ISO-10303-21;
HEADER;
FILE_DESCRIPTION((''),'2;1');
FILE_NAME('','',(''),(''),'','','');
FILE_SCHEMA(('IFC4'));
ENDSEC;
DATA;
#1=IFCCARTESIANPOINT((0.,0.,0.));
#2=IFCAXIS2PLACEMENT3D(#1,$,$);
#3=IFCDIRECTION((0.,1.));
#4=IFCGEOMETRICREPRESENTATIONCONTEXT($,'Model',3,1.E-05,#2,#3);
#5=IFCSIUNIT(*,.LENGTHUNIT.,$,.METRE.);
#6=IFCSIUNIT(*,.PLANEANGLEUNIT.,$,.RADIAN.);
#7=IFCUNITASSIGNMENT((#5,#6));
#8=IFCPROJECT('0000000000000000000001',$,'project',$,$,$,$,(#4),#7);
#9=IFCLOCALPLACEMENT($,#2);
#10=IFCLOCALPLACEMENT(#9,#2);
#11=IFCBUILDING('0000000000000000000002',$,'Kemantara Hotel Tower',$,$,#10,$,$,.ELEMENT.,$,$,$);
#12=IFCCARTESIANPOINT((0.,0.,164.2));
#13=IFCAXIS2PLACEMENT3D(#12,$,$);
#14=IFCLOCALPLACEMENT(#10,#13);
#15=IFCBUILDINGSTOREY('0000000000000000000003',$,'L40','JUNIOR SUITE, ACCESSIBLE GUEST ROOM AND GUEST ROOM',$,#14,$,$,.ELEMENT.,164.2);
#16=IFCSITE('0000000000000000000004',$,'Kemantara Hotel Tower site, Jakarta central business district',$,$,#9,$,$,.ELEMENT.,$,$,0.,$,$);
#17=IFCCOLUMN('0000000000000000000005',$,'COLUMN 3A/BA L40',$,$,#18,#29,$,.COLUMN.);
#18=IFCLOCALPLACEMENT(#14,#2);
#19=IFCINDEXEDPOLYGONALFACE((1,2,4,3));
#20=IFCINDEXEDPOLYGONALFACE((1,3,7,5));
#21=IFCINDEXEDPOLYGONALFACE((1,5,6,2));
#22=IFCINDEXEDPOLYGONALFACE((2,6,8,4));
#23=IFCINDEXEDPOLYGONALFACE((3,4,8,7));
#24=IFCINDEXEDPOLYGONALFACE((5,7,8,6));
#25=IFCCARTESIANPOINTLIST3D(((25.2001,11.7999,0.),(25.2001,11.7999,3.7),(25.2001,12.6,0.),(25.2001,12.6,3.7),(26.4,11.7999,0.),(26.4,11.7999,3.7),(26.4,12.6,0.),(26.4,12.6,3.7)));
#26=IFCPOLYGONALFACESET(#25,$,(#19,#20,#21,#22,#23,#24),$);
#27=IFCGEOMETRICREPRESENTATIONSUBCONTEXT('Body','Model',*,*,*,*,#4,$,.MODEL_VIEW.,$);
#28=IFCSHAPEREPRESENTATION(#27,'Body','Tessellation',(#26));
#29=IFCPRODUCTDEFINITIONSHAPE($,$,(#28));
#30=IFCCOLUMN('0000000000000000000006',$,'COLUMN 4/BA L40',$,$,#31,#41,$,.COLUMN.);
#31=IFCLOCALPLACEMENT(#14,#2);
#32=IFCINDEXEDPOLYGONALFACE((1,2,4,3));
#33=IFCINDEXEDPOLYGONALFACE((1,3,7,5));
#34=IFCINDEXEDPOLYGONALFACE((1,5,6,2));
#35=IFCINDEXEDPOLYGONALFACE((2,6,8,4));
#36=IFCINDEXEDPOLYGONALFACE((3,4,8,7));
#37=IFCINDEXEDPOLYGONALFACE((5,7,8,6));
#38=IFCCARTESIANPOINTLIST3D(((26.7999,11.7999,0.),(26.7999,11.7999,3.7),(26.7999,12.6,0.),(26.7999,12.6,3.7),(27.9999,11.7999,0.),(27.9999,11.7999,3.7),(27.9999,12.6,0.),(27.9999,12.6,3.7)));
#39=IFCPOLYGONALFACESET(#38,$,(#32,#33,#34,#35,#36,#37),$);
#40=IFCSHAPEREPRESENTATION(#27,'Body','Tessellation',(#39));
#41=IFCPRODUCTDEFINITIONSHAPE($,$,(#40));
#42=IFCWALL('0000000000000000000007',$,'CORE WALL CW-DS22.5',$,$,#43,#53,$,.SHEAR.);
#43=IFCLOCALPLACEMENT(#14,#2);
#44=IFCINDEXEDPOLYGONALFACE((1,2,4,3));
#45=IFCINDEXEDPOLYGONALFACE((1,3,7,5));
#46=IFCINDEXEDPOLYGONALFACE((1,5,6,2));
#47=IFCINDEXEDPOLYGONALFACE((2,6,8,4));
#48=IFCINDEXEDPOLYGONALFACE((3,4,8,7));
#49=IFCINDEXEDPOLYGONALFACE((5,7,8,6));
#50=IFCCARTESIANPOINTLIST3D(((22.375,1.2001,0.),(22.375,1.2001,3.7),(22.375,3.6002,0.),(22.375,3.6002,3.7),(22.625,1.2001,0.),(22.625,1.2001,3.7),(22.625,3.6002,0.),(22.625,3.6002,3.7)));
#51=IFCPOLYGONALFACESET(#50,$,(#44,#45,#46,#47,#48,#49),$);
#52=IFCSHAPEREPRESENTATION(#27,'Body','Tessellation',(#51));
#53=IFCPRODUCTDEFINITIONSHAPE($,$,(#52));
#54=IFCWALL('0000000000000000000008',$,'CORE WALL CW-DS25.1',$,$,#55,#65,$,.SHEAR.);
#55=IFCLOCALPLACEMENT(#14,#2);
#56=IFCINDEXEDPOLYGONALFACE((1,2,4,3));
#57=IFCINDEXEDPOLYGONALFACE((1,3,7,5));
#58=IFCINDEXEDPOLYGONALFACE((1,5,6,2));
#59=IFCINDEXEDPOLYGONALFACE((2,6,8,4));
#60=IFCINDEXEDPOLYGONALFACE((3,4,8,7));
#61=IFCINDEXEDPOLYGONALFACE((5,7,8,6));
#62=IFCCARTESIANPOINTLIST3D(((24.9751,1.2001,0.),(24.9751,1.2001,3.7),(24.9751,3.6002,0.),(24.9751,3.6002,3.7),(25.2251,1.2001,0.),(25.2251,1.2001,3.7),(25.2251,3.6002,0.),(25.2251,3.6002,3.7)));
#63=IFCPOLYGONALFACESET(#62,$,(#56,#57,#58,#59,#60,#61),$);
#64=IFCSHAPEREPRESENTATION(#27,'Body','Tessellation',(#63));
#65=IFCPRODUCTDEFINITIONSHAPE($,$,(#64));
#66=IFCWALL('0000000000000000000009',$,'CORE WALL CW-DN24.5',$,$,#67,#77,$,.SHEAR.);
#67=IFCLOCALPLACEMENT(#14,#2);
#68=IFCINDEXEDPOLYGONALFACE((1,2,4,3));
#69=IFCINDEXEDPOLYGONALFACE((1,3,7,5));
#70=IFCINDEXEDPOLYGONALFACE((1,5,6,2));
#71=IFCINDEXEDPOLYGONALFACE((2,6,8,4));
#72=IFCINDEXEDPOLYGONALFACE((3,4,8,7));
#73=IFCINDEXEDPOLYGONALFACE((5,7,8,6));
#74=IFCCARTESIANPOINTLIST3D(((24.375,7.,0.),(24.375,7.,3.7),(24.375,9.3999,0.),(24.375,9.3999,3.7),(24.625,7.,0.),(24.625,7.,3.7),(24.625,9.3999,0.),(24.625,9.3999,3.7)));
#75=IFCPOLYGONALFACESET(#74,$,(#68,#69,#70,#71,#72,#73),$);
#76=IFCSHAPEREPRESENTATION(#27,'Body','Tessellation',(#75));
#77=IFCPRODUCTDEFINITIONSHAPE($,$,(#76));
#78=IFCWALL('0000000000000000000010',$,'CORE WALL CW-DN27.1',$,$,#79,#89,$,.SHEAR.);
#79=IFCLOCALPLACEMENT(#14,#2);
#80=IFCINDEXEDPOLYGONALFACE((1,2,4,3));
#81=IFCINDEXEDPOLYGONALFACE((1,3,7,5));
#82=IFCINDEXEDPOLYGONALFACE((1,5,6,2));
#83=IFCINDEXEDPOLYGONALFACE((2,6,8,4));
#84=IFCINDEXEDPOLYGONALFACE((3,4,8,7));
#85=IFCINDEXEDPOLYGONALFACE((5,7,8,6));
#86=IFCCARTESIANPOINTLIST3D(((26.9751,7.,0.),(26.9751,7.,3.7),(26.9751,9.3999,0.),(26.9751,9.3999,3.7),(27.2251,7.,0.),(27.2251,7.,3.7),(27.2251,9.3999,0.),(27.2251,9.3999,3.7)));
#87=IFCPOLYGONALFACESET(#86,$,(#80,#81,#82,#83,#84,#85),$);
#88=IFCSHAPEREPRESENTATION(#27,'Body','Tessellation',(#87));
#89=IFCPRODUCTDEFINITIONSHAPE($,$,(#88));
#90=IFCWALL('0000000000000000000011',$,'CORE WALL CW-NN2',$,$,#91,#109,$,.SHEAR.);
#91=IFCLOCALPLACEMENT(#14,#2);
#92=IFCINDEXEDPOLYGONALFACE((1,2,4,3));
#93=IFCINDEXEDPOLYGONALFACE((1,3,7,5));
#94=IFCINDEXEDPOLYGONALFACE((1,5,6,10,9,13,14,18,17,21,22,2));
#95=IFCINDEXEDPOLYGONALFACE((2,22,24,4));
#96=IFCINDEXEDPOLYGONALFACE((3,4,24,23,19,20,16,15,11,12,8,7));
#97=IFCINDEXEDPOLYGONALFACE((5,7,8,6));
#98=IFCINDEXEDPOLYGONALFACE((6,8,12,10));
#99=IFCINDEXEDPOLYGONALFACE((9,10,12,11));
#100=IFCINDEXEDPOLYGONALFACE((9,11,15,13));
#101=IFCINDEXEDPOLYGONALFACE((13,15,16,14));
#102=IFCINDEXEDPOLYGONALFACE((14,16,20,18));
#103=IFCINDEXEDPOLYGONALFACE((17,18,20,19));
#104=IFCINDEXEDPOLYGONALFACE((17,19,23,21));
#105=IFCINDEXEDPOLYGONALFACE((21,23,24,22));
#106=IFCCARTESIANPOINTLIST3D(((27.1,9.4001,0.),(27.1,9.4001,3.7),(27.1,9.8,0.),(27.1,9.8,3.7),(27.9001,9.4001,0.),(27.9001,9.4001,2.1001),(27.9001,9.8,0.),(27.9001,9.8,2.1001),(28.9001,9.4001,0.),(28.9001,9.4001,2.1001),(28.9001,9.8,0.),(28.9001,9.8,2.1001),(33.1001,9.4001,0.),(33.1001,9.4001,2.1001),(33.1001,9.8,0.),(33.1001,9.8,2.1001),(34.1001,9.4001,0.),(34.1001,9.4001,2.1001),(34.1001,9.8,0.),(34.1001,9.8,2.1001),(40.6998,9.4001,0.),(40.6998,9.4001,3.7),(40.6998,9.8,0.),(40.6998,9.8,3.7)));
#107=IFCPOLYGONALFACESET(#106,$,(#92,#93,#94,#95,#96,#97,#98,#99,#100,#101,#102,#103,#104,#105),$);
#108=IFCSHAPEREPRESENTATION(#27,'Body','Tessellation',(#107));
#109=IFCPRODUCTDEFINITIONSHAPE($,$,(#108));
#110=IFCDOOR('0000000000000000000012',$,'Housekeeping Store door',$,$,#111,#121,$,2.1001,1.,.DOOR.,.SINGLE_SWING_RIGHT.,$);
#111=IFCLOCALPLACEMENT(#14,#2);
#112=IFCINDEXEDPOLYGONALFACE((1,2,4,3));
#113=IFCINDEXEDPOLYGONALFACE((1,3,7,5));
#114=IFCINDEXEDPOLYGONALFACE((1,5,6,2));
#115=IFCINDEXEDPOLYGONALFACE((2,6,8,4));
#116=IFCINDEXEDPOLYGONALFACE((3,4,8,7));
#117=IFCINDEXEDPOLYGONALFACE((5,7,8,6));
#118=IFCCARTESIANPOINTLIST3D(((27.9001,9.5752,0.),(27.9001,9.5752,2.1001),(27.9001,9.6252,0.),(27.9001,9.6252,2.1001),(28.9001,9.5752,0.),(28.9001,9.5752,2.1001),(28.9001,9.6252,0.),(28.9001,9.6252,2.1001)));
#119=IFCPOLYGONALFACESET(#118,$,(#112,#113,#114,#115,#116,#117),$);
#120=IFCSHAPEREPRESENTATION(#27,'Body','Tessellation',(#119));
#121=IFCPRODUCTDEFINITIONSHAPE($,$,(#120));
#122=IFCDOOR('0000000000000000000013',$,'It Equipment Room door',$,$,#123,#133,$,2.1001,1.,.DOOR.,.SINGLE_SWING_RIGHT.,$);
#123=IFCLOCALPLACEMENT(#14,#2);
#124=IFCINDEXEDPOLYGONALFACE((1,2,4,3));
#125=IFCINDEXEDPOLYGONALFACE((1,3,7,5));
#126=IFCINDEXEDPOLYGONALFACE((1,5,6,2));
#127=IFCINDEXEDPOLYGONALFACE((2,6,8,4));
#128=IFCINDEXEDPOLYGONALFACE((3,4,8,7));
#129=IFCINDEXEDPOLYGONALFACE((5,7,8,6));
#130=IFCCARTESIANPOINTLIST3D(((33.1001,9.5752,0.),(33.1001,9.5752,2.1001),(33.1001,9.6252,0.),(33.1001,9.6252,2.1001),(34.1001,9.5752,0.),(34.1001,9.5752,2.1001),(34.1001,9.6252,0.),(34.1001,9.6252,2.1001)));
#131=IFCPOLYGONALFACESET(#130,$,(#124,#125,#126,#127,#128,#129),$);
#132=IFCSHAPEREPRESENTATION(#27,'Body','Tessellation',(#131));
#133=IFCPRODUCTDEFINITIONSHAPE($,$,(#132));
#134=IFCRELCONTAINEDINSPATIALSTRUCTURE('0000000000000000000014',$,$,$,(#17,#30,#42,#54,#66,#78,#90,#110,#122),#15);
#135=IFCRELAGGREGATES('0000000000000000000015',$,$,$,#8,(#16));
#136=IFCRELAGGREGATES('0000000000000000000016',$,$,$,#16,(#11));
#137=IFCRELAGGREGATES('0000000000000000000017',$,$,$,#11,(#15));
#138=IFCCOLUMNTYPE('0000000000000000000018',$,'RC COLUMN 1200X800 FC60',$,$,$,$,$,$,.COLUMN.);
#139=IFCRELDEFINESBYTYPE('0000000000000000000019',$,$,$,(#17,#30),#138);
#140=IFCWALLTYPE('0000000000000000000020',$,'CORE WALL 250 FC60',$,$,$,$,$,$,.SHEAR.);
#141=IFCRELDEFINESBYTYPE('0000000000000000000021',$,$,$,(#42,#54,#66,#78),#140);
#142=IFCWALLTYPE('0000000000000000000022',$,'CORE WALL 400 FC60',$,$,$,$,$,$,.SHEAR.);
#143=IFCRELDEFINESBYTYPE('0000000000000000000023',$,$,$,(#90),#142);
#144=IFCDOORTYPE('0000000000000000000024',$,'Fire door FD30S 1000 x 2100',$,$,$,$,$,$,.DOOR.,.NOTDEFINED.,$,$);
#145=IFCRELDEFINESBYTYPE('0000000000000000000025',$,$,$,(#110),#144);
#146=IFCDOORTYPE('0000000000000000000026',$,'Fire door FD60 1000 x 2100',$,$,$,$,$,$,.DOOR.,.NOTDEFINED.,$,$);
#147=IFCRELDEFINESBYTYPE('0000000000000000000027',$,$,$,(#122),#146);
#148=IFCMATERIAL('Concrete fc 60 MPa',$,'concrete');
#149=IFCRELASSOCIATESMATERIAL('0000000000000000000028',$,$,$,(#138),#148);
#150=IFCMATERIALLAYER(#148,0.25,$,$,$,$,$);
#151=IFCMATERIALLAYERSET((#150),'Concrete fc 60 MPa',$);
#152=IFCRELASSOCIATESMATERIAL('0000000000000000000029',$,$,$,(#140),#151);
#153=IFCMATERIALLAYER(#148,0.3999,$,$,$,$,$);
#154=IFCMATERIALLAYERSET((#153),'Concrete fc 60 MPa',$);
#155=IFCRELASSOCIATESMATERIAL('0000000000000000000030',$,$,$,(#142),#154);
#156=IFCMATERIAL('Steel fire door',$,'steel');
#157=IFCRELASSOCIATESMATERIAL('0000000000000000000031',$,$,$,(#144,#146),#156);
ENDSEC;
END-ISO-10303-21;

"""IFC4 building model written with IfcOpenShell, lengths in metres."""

from ifc_helpers import new_model, si_unit, direction, frame, frame_2d, origin, origin_2d, place, context, subcontext, project, spatial, rectangle, extrude, material, layer, layer_set, material_profile, profile_set, type_object, element, fill, save


model = new_model("IFC4")

# Units and contexts
model_context = context("Model", 3, precision=1e-05, world=origin(), true_north=direction((0.0, 1.0)))
body_context = subcontext(model_context, "Body", "Model", "MODEL_VIEW")
ifc_project = project(units=[si_unit("LENGTHUNIT", "METRE"), si_unit("PLANEANGLEUNIT", "RADIAN")], contexts=[model_context])

# Site, building, storey
site_placement = place(None, origin())
site = spatial("IfcSite", under=ifc_project, at=site_placement, Name="Kemantara Hotel Tower site, Jakarta central business district", CompositionType="ELEMENT", RefElevation=0.0)
building_placement = place(site_placement, origin())
building = spatial("IfcBuilding", under=site, at=building_placement, Name="Kemantara Hotel Tower", CompositionType="ELEMENT")
storey_placement = place(building_placement, frame((0.0, 0.0, 164.2)))
storey = spatial("IfcBuildingStorey", under=building, at=storey_placement, Name="L40", Description="JUNIOR SUITE, ACCESSIBLE GUEST ROOM AND GUEST ROOM", CompositionType="ELEMENT", Elevation=164.2)

# Columns
ifc_material_1 = material(Name="Concrete fc 60 MPa", Category="concrete")
ifc_material_profile = material_profile(ifc_material_1, rectangle(XDim=1.2, YDim=0.8, at=origin_2d()), Name="RC 1200X800")
ifc_profile_set = profile_set([ifc_material_profile], Name="Concrete fc 60 MPa")
column_type = type_object("IfcColumnType", Name="RC COLUMN 1200X800 FC60", PredefinedType="COLUMN", material=ifc_profile_set)
for number, where, z_axis, x_axis, name in (
    (1, (25.8, 12.2, 0.0), (0.0, 0.0, 1.0), (1.0, 0.0, 0.0), "COLUMN 3A/BA L40"),
    (2, (27.3999, 12.2, 0.0), (0.0, 0.0, 1.0), (1.0, 0.0, 0.0), "COLUMN 4/BA L40"),
):
    element("IfcColumn", number, at=place(storey_placement, frame(where, z_axis=z_axis, x_axis=x_axis)), inside=storey, type_object=column_type, Name=name, PredefinedType="COLUMN", context=body_context, shape_type="SweptSolid", body=[
        extrude(rectangle(XDim=1.2, YDim=0.8, at=origin_2d()), origin(), (0.0, 0.0, 1.0), 3.7),
    ])

# Walls
ifc_layer_1 = layer(ifc_material_1, 0.25)
ifc_layer_set_1 = layer_set([ifc_layer_1], Name="Concrete fc 60 MPa")
wall_type_1 = type_object("IfcWallType", Name="CORE WALL 250 FC60", PredefinedType="SHEAR", material=ifc_layer_set_1)
for number, where, z_axis, x_axis, name in (
    (3, (22.5, 1.2, 0.0), (0.0, 0.0, 1.0), (0.0, 1.0, 0.0), "CORE WALL CW-DS22.5"),
    (4, (25.1001, 1.2, 0.0), (0.0, 0.0, 1.0), (0.0, 1.0, 0.0), "CORE WALL CW-DS25.1"),
):
    element("IfcWall", number, at=place(storey_placement, frame(where, z_axis=z_axis, x_axis=x_axis)), inside=storey, type_object=wall_type_1, Name=name, PredefinedType="SHEAR", context=body_context, shape_type="SweptSolid", body=[
        extrude(rectangle(XDim=2.4001, YDim=0.25, at=frame_2d((1.2002, 0.0))), origin(), (0.0, 0.0, 1.0), 3.7),
    ])
for number, where, z_axis, x_axis, name in (
    (5, (24.5, 7.0, 0.0), (0.0, 0.0, 1.0), (0.0, 1.0, 0.0), "CORE WALL CW-DN24.5"),
    (6, (27.1001, 7.0, 0.0), (0.0, 0.0, 1.0), (0.0, 1.0, 0.0), "CORE WALL CW-DN27.1"),
):
    element("IfcWall", number, at=place(storey_placement, frame(where, z_axis=z_axis, x_axis=x_axis)), inside=storey, type_object=wall_type_1, Name=name, PredefinedType="SHEAR", context=body_context, shape_type="SweptSolid", body=[
        extrude(rectangle(XDim=2.3999, YDim=0.25, at=frame_2d((1.2, 0.0))), origin(), (0.0, 0.0, 1.0), 3.7),
    ])

# Wall, openings, doors
ifc_layer_2 = layer(ifc_material_1, 0.3999)
ifc_layer_set_2 = layer_set([ifc_layer_2], Name="Concrete fc 60 MPa")
wall_type_2 = type_object("IfcWallType", Name="CORE WALL 400 FC60", PredefinedType="SHEAR", material=ifc_layer_set_2)
wall_1_placement = place(storey_placement, frame((27.1001, 9.6001, 0.0), z_axis=(0.0, 0.0, 1.0), x_axis=(1.0, 0.0, 0.0)))
wall_1 = element("IfcWall", 7, at=wall_1_placement, inside=storey, type_object=wall_type_2, Name="CORE WALL CW-NN2", PredefinedType="SHEAR", context=body_context, shape_type="SweptSolid", body=[
    extrude(rectangle(XDim=13.5999, YDim=0.3999, at=frame_2d((6.7998, 0.0))), origin(), (0.0, 0.0, 1.0), 3.7),
])
opening_1_placement = place(wall_1_placement, frame((0.8, 0.0, 0.0)))
opening_1 = element("IfcOpeningElement", 8, at=opening_1_placement, cuts=wall_1, PredefinedType="OPENING", context=body_context, shape_type="SweptSolid", body=[
    extrude(rectangle(XDim=1.0, YDim=2.1001, at=frame_2d((0.5, 1.05))), frame((0.0, 0.21, 0.0), z_axis=(0.0, -1.0, 0.0), x_axis=(1.0, 0.0, 0.0)), (0.0, 0.0, 1.0), 0.4199),
])
opening_2_placement = place(wall_1_placement, frame((6.0, 0.0, 0.0)))
opening_2 = element("IfcOpeningElement", 9, at=opening_2_placement, cuts=wall_1, PredefinedType="OPENING", context=body_context, shape_type="SweptSolid", body=[
    extrude(rectangle(XDim=1.0, YDim=2.1001, at=frame_2d((0.5, 1.05))), frame((0.0, 0.21, 0.0), z_axis=(0.0, -1.0, 0.0), x_axis=(1.0, 0.0, 0.0)), (0.0, 0.0, 1.0), 0.4199),
])
ifc_material_2 = material(Name="Steel fire door", Category="steel")
door_type_1 = type_object("IfcDoorType", Name="Fire door FD30S 1000 x 2100", OperationType="NOTDEFINED", PredefinedType="DOOR", material=ifc_material_2)
door_1_placement = place(opening_1_placement, frame((1.0, 0.0, 0.0), z_axis=(0.0, 0.0, 1.0), x_axis=(-1.0, 0.0, 0.0)))
door_1 = element("IfcDoor", 10, at=door_1_placement, inside=storey, type_object=door_type_1, Name="Housekeeping Store door", OperationType="SINGLE_SWING_RIGHT", OverallHeight=2.1001, OverallWidth=1.0, PredefinedType="DOOR", context=body_context, shape_type="SweptSolid", body=[
    extrude(rectangle(XDim=1.0, YDim=2.1001, at=frame_2d((0.5, 1.05))), frame((0.0, 0.0249, 0.0), z_axis=(0.0, -1.0, 0.0), x_axis=(1.0, 0.0, 0.0)), (0.0, 0.0, 1.0), 0.05),
])
fill(opening_1, door_1)
door_type_2 = type_object("IfcDoorType", Name="Fire door FD60 1000 x 2100", OperationType="NOTDEFINED", PredefinedType="DOOR", material=ifc_material_2)
door_2_placement = place(opening_2_placement, frame((1.0, 0.0, 0.0), z_axis=(0.0, 0.0, 1.0), x_axis=(-1.0, 0.0, 0.0)))
door_2 = element("IfcDoor", 11, at=door_2_placement, inside=storey, type_object=door_type_2, Name="It Equipment Room door", OperationType="SINGLE_SWING_RIGHT", OverallHeight=2.1001, OverallWidth=1.0, PredefinedType="DOOR", context=body_context, shape_type="SweptSolid", body=[
    extrude(rectangle(XDim=1.0, YDim=2.1001, at=frame_2d((0.5, 1.05))), frame((0.0, 0.0249, 0.0), z_axis=(0.0, -1.0, 0.0), x_axis=(1.0, 0.0, 0.0)), (0.0, 0.0, 1.0), 0.05),
])
fill(opening_2, door_2)

save(model, "model.ifc")
